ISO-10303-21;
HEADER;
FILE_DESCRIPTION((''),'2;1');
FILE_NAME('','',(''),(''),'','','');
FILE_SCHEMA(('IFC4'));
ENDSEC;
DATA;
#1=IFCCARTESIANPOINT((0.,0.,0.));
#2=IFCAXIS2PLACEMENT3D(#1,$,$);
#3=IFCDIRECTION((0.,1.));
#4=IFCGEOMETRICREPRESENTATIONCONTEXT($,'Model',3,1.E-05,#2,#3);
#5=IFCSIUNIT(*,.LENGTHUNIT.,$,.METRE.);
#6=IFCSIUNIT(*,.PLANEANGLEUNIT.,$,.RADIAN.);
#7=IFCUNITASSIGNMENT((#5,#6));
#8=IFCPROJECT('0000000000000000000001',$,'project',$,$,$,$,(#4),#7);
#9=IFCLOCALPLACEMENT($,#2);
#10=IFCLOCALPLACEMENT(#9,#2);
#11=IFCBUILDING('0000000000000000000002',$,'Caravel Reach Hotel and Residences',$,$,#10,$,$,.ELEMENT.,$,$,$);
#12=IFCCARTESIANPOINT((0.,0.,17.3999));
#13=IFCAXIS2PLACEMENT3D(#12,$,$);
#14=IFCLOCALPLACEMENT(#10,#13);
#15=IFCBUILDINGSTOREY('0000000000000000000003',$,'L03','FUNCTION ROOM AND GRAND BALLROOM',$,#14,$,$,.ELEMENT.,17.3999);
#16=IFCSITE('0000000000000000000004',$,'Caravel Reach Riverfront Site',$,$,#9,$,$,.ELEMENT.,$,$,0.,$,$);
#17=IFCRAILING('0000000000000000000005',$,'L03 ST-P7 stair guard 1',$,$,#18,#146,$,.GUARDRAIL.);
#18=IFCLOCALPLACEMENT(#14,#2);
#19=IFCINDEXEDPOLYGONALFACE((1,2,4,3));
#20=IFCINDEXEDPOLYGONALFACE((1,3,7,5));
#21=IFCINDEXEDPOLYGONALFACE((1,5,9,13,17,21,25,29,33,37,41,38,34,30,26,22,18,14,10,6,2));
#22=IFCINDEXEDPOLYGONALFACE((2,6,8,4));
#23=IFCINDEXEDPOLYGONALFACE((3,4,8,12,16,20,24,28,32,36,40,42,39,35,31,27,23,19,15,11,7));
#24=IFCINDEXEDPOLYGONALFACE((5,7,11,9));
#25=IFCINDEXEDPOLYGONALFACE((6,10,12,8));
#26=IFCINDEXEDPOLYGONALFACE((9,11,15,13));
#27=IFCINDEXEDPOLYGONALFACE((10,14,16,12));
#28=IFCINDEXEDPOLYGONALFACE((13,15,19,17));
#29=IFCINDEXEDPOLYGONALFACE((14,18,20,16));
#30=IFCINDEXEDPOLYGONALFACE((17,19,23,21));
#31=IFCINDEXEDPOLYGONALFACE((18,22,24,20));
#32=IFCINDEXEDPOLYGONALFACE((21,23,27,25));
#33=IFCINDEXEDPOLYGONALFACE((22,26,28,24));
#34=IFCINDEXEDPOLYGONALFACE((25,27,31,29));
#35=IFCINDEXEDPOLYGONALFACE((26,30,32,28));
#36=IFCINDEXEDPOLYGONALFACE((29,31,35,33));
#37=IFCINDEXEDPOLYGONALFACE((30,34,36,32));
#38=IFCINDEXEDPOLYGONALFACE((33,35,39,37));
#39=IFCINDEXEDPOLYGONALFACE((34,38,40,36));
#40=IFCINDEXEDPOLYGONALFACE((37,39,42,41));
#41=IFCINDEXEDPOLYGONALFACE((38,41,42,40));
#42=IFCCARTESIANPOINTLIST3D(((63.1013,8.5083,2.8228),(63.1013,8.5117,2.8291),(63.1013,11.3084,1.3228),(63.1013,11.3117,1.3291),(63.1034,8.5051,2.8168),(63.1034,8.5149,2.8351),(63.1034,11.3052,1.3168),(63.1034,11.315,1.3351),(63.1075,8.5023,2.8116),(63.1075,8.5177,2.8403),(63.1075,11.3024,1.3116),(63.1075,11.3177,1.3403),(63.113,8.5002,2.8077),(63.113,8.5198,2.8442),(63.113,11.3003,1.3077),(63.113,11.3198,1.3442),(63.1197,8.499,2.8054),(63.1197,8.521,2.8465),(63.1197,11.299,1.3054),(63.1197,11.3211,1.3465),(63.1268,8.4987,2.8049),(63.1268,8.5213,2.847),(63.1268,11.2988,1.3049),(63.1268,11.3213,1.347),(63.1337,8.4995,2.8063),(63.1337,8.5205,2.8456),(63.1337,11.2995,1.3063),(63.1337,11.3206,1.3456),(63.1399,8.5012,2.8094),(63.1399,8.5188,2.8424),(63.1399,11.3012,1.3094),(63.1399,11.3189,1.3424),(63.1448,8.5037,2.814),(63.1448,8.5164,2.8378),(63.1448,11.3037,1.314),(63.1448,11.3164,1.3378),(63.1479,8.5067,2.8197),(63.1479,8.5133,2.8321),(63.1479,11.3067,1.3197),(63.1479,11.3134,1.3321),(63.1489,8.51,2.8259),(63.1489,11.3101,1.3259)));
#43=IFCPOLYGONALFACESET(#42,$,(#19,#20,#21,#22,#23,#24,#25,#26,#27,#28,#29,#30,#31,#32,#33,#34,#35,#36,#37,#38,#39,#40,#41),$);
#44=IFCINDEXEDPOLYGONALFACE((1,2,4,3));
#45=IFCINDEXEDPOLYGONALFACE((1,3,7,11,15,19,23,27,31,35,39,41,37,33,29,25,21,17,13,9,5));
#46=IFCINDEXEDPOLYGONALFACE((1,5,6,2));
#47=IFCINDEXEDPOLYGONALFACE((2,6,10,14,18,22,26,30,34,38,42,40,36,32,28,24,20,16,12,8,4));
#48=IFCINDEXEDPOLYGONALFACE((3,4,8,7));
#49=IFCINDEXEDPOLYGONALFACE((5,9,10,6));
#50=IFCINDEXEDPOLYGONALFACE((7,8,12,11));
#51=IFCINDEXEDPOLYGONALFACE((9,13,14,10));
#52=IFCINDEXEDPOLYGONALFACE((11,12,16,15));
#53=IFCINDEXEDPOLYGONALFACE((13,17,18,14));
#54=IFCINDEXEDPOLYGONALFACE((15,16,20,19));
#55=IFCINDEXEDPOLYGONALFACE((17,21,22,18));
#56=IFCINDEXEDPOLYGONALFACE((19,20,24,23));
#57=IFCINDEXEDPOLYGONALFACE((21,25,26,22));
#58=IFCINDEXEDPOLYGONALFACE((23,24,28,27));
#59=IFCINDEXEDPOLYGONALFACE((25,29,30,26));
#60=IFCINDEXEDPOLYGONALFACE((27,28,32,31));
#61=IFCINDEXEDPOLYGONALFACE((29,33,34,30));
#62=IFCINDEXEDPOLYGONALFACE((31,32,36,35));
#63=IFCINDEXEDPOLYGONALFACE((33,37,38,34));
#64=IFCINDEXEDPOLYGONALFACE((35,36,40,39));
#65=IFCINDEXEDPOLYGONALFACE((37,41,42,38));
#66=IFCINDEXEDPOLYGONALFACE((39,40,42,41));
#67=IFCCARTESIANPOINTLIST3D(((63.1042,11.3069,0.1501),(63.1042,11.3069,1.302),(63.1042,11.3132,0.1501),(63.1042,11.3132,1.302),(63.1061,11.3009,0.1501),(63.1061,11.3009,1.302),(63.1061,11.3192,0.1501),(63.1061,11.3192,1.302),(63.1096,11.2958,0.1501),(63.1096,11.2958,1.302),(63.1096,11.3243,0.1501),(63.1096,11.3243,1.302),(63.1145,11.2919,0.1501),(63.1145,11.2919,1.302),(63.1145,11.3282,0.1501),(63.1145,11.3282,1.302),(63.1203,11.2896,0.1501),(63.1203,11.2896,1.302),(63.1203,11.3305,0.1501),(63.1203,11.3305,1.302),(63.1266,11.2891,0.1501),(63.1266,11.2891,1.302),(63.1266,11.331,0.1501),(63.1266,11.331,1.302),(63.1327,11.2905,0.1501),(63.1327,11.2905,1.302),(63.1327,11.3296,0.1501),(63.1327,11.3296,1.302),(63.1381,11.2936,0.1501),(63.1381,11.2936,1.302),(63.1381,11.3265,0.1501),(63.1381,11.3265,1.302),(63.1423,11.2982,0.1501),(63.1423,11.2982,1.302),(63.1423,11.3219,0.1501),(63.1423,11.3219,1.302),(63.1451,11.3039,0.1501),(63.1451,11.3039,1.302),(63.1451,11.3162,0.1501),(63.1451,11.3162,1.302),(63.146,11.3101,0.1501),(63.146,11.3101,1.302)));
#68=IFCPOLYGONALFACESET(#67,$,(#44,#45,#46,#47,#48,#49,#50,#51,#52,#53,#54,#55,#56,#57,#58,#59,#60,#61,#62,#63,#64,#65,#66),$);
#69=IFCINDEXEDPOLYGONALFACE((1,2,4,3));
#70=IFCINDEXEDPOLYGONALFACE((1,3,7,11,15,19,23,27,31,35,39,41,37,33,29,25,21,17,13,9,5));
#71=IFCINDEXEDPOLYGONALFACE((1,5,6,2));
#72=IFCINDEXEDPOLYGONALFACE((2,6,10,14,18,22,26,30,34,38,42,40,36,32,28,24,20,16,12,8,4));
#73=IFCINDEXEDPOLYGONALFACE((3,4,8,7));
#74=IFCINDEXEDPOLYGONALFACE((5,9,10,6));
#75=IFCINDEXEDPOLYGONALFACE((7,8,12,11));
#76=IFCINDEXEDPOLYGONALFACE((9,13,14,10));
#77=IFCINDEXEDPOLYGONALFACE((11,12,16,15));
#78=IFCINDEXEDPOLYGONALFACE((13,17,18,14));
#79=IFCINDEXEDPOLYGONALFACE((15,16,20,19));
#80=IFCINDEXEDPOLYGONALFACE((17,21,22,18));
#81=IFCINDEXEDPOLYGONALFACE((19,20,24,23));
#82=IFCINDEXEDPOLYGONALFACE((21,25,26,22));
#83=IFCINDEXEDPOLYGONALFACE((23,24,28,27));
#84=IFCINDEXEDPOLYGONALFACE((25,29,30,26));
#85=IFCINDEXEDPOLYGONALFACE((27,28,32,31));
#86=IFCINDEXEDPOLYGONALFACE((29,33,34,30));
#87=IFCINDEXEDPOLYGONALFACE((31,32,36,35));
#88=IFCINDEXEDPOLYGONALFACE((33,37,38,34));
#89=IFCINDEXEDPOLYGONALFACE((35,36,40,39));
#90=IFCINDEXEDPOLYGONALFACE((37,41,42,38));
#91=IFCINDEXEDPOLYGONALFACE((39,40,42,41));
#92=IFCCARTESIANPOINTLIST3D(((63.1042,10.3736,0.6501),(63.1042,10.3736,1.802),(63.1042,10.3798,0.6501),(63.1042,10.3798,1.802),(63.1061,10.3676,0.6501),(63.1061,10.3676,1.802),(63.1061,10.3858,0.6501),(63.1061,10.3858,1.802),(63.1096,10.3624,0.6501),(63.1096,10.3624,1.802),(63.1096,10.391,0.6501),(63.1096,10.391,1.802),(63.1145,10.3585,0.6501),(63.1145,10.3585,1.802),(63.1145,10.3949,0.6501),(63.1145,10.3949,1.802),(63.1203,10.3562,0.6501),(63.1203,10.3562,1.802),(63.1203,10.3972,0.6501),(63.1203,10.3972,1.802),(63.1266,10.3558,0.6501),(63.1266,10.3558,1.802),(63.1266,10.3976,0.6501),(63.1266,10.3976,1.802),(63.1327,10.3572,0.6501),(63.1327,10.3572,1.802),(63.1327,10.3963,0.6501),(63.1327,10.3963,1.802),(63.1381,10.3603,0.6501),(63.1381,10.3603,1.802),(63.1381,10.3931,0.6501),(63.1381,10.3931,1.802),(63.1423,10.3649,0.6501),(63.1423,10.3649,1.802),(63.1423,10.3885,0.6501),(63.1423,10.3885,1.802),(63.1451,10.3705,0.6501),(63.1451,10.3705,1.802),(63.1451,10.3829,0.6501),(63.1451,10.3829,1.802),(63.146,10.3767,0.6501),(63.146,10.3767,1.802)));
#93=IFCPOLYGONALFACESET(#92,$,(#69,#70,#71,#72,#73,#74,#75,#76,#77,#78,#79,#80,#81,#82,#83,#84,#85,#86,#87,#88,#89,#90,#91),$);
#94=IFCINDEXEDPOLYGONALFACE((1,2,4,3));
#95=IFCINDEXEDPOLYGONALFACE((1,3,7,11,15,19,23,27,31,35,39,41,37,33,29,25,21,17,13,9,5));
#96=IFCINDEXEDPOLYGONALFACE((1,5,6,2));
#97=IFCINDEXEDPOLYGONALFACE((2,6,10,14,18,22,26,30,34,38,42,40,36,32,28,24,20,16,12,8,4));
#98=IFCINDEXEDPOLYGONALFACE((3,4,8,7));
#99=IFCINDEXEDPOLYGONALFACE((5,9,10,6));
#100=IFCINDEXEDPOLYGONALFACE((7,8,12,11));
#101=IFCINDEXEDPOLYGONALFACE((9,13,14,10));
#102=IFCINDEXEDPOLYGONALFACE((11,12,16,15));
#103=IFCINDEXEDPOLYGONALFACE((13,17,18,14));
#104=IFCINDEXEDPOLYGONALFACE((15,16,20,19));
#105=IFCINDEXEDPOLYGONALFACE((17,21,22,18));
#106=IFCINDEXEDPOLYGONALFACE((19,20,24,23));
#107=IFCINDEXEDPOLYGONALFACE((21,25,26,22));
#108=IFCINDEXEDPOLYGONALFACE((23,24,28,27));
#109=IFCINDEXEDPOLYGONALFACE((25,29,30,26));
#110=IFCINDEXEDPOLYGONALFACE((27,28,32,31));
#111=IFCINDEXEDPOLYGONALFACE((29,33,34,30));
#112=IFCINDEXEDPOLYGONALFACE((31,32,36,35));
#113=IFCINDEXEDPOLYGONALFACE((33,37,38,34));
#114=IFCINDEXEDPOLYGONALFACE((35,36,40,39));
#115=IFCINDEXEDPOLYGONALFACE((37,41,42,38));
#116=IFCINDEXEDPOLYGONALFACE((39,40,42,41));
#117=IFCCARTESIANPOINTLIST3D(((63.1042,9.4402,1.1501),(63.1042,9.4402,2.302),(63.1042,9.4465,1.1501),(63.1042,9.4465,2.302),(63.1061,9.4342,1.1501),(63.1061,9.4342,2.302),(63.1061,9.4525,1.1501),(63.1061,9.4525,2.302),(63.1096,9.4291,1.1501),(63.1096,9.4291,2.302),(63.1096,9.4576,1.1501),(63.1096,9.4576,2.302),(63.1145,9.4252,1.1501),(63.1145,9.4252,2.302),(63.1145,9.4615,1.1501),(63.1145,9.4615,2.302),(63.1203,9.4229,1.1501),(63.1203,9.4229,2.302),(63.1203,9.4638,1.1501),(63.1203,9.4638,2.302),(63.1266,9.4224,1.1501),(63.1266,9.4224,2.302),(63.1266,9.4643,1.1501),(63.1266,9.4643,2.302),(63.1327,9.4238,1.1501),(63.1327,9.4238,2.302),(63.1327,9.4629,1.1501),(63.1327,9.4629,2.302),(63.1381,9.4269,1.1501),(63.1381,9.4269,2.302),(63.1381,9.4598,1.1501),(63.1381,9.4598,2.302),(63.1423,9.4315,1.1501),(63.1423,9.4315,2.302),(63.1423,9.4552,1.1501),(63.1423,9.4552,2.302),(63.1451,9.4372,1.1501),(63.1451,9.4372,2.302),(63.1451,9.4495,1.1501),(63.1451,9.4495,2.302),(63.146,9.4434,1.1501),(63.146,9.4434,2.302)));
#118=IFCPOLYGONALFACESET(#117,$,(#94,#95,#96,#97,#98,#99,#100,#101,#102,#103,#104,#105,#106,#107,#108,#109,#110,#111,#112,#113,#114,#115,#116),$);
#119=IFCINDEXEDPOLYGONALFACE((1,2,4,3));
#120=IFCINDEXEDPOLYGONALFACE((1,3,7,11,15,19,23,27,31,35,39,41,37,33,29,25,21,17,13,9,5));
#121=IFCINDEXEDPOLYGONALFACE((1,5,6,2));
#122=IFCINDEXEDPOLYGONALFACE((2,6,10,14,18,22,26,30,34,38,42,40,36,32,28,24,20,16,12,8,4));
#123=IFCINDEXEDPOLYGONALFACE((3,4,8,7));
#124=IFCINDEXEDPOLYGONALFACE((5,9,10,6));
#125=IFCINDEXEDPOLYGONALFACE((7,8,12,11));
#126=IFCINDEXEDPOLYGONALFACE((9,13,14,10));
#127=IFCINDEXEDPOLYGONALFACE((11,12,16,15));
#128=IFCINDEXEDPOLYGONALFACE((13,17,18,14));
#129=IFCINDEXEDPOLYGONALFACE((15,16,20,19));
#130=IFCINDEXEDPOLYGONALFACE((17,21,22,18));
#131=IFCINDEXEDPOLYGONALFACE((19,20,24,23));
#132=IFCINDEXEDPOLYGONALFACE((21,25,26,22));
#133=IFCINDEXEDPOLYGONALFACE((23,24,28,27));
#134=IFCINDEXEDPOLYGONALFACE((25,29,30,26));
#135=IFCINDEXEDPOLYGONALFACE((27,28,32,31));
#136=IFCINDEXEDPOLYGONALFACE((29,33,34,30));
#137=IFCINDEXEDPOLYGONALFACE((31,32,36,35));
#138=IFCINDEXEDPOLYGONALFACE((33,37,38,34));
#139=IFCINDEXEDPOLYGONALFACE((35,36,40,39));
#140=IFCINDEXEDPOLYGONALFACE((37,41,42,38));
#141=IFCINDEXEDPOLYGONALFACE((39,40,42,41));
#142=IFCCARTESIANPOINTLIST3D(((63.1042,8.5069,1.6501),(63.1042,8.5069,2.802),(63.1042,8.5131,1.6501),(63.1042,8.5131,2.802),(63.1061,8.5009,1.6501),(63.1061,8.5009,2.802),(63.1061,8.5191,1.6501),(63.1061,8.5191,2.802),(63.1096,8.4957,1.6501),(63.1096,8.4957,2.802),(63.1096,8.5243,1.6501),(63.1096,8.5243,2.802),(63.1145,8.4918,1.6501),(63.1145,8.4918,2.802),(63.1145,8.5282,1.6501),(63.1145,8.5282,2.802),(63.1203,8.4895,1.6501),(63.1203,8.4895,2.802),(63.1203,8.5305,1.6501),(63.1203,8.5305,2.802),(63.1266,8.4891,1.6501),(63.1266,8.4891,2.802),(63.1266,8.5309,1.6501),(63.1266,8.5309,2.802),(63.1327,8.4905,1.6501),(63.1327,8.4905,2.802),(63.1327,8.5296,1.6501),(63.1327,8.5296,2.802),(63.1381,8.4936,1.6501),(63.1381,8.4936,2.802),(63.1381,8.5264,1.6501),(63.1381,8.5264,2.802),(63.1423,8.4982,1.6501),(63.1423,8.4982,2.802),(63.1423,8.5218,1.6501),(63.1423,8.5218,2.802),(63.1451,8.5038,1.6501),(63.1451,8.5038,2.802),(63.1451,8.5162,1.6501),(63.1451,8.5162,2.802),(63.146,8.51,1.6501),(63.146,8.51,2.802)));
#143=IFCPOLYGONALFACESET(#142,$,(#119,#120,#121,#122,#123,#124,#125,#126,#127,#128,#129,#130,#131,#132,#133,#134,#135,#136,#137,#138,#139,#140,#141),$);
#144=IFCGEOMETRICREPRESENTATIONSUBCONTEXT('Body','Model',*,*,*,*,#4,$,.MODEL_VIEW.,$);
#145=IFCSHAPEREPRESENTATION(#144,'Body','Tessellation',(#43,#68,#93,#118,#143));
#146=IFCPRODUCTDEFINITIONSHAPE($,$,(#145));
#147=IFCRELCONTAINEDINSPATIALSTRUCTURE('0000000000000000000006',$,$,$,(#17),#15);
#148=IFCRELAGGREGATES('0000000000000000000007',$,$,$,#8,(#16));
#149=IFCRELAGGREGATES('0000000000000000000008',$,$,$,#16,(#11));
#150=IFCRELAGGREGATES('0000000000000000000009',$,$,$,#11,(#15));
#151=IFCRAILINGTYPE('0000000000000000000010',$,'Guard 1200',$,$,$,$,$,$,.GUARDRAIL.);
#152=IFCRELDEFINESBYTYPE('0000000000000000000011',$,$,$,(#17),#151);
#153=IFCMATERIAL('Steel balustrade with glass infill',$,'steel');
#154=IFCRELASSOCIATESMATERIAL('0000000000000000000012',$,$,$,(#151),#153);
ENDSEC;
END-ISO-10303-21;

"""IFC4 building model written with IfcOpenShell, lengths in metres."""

from ifc_helpers import new_model, si_unit, direction, frame, origin, origin_2d, place, context, subcontext, project, spatial, circle, extrude, material, type_object, element, save


model = new_model("IFC4")

# Units and contexts
model_context = context("Model", 3, precision=1e-05, world=origin(), true_north=direction((0.0, 1.0)))
body_context = subcontext(model_context, "Body", "Model", "MODEL_VIEW")
ifc_project = project(units=[si_unit("LENGTHUNIT", "METRE"), si_unit("PLANEANGLEUNIT", "RADIAN")], contexts=[model_context])

# Site, building, storey
site_placement = place(None, origin())
site = spatial("IfcSite", under=ifc_project, at=site_placement, Name="Caravel Reach Riverfront Site", CompositionType="ELEMENT", RefElevation=0.0)
building_placement = place(site_placement, origin())
building = spatial("IfcBuilding", under=site, at=building_placement, Name="Caravel Reach Hotel and Residences", CompositionType="ELEMENT")
storey_placement = place(building_placement, frame((0.0, 0.0, 17.3999)))
storey = spatial("IfcBuildingStorey", under=building, at=storey_placement, Name="L03", Description="FUNCTION ROOM AND GRAND BALLROOM", CompositionType="ELEMENT", Elevation=17.3999)

# Railing
ifc_material_1 = material(Name="Steel balustrade with glass infill", Category="steel")
railing_type_1 = type_object("IfcRailingType", Name="Guard 1200", PredefinedType="GUARDRAIL", material=ifc_material_1)
for number, where, name in (
    (1, (63.125, 11.3101, 0.1501), "L03 ST-P7 stair guard 1"),
):
    element("IfcRailing", number, at=place(storey_placement, frame(where)), inside=storey, type_object=railing_type_1, Name=name, PredefinedType="GUARDRAIL", context=body_context, shape_type="SweptSolid", body=[
        extrude(circle(Radius=0.0239, at=origin_2d()), frame((0.0, 0.0, 1.1758), z_axis=(0.0, -0.881483, 0.472215), x_axis=(1.0, 0.0, 0.0)), (0.0, 0.0, 1.0), 3.1765),
        extrude(circle(Radius=0.021, at=origin_2d()), origin(), (0.0, 0.0, 1.0), 1.1519),
        extrude(circle(Radius=0.021, at=origin_2d()), frame((0.0, -0.9333, 0.5)), (0.0, 0.0, 1.0), 1.1519),
        extrude(circle(Radius=0.021, at=origin_2d()), frame((0.0, -1.8667, 1.0)), (0.0, 0.0, 1.0), 1.1519),
        extrude(circle(Radius=0.021, at=origin_2d()), frame((0.0, -2.8, 1.5)), (0.0, 0.0, 1.0), 1.1519),
    ])

save(model, "model.ifc")
